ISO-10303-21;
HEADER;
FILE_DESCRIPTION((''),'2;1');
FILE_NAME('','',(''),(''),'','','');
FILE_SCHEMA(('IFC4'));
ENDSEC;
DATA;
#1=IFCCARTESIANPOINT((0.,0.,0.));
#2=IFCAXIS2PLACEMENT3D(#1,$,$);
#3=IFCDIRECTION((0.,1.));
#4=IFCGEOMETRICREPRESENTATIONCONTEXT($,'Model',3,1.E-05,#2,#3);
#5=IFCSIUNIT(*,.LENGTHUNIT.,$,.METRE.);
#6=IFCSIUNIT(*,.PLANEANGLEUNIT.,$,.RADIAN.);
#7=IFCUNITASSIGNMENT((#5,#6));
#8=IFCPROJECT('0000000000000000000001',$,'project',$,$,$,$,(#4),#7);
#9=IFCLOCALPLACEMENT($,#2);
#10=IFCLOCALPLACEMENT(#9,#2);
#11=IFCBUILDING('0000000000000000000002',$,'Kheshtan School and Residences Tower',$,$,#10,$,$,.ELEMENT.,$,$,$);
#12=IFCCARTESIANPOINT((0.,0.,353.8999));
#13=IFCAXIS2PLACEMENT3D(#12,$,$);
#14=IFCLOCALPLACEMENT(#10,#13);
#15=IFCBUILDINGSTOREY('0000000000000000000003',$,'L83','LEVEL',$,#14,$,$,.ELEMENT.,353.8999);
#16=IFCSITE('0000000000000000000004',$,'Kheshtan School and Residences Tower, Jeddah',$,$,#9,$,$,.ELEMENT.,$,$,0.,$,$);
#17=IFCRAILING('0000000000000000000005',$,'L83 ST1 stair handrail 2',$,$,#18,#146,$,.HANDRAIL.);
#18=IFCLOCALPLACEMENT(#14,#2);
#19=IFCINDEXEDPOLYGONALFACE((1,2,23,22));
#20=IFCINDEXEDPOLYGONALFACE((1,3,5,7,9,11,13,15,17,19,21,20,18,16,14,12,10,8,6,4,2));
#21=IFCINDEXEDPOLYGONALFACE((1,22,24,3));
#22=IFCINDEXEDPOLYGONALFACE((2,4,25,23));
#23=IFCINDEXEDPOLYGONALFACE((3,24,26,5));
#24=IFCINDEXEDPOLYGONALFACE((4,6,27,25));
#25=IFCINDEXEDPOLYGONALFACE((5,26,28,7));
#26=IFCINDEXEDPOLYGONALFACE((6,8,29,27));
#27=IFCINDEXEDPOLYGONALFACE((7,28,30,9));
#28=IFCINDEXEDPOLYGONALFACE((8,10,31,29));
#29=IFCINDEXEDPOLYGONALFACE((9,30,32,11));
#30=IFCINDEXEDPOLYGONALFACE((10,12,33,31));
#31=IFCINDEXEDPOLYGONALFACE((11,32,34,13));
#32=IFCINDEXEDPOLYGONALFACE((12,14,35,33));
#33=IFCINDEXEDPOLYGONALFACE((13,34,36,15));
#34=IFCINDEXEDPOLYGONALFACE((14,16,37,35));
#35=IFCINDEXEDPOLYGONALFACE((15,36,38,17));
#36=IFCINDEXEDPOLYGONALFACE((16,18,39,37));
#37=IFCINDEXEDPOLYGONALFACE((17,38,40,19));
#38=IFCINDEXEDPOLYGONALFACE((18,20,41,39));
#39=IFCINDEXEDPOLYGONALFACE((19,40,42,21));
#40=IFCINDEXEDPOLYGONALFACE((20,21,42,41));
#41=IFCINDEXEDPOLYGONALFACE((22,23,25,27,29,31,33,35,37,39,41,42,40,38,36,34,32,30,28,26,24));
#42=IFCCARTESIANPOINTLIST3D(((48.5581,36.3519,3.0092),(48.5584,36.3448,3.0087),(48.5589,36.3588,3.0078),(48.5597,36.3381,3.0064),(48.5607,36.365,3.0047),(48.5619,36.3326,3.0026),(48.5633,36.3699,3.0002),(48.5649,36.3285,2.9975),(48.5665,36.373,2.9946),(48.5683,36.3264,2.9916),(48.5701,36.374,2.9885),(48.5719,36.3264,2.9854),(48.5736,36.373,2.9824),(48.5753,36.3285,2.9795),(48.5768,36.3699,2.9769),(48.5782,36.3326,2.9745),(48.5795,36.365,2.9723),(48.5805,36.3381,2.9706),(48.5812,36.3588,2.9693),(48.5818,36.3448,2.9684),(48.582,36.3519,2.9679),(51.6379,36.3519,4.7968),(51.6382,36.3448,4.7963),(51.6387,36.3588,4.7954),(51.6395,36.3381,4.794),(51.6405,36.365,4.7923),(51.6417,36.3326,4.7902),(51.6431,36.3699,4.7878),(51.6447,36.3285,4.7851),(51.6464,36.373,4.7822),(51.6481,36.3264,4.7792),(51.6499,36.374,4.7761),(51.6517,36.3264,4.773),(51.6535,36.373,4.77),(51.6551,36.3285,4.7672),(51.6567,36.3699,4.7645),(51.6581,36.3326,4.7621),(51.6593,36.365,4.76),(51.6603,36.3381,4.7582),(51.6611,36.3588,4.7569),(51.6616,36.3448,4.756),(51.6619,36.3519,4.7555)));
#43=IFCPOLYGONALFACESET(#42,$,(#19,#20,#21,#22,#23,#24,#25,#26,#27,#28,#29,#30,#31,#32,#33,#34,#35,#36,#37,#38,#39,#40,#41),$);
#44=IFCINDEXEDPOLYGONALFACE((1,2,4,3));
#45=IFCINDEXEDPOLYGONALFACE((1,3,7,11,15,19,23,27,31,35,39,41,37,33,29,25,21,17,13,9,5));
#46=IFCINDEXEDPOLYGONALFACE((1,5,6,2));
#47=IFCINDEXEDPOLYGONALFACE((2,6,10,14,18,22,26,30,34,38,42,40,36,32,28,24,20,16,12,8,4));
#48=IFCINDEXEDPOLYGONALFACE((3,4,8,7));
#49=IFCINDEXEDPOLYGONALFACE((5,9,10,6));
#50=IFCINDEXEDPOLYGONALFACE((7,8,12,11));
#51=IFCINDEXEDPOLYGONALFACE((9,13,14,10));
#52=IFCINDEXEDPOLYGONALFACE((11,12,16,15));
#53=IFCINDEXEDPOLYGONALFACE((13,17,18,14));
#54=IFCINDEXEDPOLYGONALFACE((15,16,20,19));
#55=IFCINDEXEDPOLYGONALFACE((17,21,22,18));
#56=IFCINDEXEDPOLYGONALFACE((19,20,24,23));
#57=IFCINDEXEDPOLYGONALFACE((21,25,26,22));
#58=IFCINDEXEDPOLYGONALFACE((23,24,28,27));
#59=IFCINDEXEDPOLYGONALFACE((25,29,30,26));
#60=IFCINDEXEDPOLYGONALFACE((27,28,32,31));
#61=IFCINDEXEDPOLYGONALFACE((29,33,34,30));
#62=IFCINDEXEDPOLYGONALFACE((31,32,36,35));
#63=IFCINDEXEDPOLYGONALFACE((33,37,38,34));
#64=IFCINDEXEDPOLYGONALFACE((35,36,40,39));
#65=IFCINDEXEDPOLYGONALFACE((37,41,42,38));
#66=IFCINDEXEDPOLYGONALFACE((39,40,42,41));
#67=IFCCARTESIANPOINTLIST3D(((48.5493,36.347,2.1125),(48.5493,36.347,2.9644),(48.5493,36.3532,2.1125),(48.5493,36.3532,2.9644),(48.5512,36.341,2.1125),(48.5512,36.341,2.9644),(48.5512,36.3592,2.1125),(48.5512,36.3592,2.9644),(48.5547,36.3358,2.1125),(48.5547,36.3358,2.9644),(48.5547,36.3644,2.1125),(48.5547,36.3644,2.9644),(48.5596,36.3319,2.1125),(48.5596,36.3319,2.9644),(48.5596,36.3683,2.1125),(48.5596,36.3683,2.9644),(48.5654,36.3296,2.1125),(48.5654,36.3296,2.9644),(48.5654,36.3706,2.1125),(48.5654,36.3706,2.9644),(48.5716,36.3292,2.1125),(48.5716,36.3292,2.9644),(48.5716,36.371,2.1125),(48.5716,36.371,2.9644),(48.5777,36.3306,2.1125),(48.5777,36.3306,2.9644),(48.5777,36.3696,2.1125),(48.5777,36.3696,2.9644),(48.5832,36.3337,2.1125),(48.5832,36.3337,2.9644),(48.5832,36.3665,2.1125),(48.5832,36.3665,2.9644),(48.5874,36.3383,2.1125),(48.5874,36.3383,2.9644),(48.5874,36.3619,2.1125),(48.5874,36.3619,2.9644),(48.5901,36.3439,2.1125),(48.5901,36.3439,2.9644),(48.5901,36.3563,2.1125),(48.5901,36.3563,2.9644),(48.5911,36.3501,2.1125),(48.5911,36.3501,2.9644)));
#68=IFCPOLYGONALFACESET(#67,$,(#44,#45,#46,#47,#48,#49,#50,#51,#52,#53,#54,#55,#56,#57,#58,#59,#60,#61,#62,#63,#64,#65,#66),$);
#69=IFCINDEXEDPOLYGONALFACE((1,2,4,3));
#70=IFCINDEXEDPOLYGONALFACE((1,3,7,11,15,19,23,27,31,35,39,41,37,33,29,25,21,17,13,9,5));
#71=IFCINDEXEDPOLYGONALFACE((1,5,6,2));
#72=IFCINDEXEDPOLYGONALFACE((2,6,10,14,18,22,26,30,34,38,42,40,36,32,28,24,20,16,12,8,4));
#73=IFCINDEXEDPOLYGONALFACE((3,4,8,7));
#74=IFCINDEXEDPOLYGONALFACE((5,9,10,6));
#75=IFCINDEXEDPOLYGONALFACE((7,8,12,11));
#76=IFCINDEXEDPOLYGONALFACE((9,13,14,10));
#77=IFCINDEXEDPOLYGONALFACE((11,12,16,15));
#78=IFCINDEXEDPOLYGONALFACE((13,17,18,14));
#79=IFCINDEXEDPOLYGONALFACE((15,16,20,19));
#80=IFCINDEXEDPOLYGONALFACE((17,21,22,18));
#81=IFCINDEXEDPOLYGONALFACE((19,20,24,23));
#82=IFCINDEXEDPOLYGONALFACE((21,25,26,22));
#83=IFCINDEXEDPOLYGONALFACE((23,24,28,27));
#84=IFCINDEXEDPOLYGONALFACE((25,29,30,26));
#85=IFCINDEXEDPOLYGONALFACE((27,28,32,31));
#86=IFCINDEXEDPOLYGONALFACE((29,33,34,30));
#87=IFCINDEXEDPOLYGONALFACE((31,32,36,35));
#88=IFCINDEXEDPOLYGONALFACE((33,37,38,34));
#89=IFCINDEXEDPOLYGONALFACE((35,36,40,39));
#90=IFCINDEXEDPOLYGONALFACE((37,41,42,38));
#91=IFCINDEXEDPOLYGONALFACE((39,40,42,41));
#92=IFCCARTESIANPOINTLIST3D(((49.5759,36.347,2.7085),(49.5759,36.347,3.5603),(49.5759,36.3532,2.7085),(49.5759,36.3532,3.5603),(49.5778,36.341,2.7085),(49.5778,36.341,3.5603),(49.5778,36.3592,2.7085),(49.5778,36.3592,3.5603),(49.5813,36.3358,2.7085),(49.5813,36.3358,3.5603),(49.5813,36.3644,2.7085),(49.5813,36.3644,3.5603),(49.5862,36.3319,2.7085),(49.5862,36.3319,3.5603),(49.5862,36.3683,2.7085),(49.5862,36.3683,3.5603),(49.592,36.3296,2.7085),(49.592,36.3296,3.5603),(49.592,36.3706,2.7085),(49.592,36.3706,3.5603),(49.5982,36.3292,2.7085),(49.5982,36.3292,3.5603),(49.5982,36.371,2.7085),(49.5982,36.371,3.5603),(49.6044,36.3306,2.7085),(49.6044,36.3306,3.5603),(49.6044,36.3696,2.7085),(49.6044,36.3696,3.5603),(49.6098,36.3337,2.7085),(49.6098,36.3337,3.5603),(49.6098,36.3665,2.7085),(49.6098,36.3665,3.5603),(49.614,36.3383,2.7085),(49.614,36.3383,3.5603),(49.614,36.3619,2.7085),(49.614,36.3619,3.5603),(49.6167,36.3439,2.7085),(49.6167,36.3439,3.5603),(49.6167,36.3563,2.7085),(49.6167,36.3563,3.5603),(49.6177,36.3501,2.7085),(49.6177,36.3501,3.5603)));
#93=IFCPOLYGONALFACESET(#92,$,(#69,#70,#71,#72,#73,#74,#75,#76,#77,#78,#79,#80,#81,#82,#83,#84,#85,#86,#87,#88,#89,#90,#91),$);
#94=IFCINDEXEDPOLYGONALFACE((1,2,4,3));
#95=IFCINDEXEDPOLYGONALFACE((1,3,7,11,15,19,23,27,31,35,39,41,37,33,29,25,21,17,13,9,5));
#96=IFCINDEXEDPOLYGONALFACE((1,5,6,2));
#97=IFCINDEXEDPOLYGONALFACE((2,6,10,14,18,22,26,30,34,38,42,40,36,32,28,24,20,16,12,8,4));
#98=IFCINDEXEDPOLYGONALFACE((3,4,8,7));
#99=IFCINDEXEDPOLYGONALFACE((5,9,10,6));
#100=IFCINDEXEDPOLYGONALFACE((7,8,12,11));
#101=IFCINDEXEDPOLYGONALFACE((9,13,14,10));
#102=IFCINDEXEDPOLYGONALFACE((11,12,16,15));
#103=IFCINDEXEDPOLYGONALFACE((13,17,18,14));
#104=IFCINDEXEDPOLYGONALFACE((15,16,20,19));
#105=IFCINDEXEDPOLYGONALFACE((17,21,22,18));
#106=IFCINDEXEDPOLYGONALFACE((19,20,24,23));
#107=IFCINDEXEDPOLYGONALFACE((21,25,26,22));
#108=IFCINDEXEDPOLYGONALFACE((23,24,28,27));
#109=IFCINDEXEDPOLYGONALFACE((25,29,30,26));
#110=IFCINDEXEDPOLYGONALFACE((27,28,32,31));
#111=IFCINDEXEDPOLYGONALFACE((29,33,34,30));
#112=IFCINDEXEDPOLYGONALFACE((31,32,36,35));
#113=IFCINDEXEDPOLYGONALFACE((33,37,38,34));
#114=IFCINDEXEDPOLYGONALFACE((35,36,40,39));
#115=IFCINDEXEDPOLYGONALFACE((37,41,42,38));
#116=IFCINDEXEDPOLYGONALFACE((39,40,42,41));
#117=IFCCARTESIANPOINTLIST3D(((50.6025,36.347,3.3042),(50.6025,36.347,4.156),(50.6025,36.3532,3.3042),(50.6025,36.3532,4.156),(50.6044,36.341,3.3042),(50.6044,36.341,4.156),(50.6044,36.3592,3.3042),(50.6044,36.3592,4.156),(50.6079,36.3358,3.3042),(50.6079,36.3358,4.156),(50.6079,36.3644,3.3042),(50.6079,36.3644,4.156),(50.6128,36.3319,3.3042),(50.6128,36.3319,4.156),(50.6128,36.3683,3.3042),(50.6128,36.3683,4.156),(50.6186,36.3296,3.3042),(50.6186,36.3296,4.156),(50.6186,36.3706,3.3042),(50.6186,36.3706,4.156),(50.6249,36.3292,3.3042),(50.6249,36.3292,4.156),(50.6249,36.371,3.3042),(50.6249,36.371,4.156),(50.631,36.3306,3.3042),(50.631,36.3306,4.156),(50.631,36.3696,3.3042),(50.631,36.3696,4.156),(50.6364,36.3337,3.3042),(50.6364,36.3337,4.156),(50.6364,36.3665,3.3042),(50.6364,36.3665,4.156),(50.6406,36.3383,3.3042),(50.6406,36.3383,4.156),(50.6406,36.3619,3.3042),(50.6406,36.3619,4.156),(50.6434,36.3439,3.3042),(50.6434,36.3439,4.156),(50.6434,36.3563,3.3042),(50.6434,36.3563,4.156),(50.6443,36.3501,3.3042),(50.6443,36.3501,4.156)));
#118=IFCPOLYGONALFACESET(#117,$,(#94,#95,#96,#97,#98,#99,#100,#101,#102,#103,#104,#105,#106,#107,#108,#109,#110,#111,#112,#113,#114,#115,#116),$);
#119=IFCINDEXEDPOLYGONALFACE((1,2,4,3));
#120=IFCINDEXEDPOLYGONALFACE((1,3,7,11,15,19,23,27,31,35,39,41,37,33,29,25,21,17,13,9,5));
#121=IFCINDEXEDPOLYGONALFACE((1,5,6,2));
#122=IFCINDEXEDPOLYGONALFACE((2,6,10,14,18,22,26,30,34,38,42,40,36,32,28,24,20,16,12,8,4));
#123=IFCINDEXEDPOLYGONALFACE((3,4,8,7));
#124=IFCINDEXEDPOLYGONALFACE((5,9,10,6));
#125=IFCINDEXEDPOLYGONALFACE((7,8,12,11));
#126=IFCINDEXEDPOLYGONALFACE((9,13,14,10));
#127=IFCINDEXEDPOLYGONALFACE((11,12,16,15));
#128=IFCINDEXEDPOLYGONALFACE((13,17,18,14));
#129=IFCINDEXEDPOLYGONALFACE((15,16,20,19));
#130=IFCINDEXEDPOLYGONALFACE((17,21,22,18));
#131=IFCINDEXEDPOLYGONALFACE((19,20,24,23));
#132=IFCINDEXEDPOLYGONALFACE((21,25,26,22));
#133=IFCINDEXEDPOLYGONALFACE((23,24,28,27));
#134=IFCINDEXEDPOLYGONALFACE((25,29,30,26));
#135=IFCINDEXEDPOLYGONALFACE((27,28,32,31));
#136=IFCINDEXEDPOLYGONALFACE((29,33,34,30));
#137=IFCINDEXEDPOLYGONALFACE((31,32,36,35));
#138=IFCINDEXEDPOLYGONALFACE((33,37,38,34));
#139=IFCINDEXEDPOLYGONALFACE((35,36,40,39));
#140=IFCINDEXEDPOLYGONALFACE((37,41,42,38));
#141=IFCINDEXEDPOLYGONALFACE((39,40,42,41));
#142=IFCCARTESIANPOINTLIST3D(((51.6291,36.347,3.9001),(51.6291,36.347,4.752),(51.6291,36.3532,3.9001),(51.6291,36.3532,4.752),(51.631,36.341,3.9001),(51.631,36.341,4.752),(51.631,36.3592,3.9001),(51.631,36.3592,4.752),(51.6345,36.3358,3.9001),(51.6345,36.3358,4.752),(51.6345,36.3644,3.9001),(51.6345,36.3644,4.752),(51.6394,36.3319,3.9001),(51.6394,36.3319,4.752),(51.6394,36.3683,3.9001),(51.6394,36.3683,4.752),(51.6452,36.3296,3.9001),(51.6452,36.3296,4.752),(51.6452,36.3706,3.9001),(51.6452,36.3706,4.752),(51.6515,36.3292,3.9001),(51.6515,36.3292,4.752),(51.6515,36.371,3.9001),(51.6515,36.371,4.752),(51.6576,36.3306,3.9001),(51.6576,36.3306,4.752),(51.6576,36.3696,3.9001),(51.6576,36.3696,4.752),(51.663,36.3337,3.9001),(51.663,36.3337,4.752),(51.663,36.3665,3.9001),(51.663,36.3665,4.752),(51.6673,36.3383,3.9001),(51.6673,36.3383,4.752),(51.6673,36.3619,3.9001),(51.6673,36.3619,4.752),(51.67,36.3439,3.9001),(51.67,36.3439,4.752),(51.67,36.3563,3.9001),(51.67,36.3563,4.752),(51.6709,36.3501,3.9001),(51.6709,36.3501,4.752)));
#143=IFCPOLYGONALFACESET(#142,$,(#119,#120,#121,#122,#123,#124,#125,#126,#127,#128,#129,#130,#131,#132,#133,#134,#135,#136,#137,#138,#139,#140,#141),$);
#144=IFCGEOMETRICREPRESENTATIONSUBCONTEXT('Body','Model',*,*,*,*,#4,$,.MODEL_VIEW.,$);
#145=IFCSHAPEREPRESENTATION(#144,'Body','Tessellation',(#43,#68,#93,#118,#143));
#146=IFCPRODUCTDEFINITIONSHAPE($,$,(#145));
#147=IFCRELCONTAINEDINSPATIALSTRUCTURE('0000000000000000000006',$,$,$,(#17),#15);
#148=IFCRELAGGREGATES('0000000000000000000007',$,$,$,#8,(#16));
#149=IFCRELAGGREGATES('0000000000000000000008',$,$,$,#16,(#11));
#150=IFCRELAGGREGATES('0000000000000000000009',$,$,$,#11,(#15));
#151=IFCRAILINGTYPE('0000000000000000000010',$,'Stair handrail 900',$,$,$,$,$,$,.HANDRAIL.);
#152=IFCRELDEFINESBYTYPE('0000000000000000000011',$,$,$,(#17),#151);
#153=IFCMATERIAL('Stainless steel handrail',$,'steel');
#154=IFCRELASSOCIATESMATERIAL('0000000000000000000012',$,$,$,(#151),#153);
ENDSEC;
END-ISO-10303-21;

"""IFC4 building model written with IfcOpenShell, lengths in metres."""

from ifc_helpers import new_model, si_unit, direction, frame, origin, origin_2d, place, context, subcontext, project, spatial, circle, extrude, material, type_object, element, save


model = new_model("IFC4")

# Units and contexts
model_context = context("Model", 3, precision=1e-05, world=origin(), true_north=direction((0.0, 1.0)))
body_context = subcontext(model_context, "Body", "Model", "MODEL_VIEW")
ifc_project = project(units=[si_unit("LENGTHUNIT", "METRE"), si_unit("PLANEANGLEUNIT", "RADIAN")], contexts=[model_context])

# Site, building, storey
site_placement = place(None, origin())
site = spatial("IfcSite", under=ifc_project, at=site_placement, Name="Kheshtan School and Residences Tower, Jeddah", CompositionType="ELEMENT", RefElevation=0.0)
building_placement = place(site_placement, origin())
building = spatial("IfcBuilding", under=site, at=building_placement, Name="Kheshtan School and Residences Tower", CompositionType="ELEMENT")
storey_placement = place(building_placement, frame((0.0, 0.0, 353.8999)))
storey = spatial("IfcBuildingStorey", under=building, at=storey_placement, Name="L83", Description="LEVEL", CompositionType="ELEMENT", Elevation=353.8999)

# Railing
ifc_material_1 = material(Name="Stainless steel handrail", Category="steel")
railing_type_1 = type_object("IfcRailingType", Name="Stair handrail 900", PredefinedType="HANDRAIL", material=ifc_material_1)
railing_1_placement = place(storey_placement, frame((48.5701, 36.3501, 2.1125)))
element("IfcRailing", 1, at=railing_1_placement, inside=storey, type_object=railing_type_1, Name="L83 ST1 stair handrail 2", PredefinedType="HANDRAIL", context=body_context, shape_type="SweptSolid", body=[
    extrude(circle(Radius=0.0239, at=origin_2d()), frame((0.0, 0.0, 0.876), z_axis=(0.864873, 0.0, 0.50199), x_axis=(0.0, 1.0, 0.0)), (0.0, 0.0, 1.0), 3.561),
    extrude(circle(Radius=0.021, at=origin_2d()), origin(), (0.0, 0.0, 1.0), 0.8518),
    extrude(circle(Radius=0.021, at=origin_2d()), frame((1.0266, 0.0, 0.5959)), (0.0, 0.0, 1.0), 0.8518),
    extrude(circle(Radius=0.021, at=origin_2d()), frame((2.0532, 0.0, 1.1917)), (0.0, 0.0, 1.0), 0.8518),
    extrude(circle(Radius=0.021, at=origin_2d()), frame((3.0798, 0.0, 1.7876)), (0.0, 0.0, 1.0), 0.8518),
])

save(model, "model.ifc")
